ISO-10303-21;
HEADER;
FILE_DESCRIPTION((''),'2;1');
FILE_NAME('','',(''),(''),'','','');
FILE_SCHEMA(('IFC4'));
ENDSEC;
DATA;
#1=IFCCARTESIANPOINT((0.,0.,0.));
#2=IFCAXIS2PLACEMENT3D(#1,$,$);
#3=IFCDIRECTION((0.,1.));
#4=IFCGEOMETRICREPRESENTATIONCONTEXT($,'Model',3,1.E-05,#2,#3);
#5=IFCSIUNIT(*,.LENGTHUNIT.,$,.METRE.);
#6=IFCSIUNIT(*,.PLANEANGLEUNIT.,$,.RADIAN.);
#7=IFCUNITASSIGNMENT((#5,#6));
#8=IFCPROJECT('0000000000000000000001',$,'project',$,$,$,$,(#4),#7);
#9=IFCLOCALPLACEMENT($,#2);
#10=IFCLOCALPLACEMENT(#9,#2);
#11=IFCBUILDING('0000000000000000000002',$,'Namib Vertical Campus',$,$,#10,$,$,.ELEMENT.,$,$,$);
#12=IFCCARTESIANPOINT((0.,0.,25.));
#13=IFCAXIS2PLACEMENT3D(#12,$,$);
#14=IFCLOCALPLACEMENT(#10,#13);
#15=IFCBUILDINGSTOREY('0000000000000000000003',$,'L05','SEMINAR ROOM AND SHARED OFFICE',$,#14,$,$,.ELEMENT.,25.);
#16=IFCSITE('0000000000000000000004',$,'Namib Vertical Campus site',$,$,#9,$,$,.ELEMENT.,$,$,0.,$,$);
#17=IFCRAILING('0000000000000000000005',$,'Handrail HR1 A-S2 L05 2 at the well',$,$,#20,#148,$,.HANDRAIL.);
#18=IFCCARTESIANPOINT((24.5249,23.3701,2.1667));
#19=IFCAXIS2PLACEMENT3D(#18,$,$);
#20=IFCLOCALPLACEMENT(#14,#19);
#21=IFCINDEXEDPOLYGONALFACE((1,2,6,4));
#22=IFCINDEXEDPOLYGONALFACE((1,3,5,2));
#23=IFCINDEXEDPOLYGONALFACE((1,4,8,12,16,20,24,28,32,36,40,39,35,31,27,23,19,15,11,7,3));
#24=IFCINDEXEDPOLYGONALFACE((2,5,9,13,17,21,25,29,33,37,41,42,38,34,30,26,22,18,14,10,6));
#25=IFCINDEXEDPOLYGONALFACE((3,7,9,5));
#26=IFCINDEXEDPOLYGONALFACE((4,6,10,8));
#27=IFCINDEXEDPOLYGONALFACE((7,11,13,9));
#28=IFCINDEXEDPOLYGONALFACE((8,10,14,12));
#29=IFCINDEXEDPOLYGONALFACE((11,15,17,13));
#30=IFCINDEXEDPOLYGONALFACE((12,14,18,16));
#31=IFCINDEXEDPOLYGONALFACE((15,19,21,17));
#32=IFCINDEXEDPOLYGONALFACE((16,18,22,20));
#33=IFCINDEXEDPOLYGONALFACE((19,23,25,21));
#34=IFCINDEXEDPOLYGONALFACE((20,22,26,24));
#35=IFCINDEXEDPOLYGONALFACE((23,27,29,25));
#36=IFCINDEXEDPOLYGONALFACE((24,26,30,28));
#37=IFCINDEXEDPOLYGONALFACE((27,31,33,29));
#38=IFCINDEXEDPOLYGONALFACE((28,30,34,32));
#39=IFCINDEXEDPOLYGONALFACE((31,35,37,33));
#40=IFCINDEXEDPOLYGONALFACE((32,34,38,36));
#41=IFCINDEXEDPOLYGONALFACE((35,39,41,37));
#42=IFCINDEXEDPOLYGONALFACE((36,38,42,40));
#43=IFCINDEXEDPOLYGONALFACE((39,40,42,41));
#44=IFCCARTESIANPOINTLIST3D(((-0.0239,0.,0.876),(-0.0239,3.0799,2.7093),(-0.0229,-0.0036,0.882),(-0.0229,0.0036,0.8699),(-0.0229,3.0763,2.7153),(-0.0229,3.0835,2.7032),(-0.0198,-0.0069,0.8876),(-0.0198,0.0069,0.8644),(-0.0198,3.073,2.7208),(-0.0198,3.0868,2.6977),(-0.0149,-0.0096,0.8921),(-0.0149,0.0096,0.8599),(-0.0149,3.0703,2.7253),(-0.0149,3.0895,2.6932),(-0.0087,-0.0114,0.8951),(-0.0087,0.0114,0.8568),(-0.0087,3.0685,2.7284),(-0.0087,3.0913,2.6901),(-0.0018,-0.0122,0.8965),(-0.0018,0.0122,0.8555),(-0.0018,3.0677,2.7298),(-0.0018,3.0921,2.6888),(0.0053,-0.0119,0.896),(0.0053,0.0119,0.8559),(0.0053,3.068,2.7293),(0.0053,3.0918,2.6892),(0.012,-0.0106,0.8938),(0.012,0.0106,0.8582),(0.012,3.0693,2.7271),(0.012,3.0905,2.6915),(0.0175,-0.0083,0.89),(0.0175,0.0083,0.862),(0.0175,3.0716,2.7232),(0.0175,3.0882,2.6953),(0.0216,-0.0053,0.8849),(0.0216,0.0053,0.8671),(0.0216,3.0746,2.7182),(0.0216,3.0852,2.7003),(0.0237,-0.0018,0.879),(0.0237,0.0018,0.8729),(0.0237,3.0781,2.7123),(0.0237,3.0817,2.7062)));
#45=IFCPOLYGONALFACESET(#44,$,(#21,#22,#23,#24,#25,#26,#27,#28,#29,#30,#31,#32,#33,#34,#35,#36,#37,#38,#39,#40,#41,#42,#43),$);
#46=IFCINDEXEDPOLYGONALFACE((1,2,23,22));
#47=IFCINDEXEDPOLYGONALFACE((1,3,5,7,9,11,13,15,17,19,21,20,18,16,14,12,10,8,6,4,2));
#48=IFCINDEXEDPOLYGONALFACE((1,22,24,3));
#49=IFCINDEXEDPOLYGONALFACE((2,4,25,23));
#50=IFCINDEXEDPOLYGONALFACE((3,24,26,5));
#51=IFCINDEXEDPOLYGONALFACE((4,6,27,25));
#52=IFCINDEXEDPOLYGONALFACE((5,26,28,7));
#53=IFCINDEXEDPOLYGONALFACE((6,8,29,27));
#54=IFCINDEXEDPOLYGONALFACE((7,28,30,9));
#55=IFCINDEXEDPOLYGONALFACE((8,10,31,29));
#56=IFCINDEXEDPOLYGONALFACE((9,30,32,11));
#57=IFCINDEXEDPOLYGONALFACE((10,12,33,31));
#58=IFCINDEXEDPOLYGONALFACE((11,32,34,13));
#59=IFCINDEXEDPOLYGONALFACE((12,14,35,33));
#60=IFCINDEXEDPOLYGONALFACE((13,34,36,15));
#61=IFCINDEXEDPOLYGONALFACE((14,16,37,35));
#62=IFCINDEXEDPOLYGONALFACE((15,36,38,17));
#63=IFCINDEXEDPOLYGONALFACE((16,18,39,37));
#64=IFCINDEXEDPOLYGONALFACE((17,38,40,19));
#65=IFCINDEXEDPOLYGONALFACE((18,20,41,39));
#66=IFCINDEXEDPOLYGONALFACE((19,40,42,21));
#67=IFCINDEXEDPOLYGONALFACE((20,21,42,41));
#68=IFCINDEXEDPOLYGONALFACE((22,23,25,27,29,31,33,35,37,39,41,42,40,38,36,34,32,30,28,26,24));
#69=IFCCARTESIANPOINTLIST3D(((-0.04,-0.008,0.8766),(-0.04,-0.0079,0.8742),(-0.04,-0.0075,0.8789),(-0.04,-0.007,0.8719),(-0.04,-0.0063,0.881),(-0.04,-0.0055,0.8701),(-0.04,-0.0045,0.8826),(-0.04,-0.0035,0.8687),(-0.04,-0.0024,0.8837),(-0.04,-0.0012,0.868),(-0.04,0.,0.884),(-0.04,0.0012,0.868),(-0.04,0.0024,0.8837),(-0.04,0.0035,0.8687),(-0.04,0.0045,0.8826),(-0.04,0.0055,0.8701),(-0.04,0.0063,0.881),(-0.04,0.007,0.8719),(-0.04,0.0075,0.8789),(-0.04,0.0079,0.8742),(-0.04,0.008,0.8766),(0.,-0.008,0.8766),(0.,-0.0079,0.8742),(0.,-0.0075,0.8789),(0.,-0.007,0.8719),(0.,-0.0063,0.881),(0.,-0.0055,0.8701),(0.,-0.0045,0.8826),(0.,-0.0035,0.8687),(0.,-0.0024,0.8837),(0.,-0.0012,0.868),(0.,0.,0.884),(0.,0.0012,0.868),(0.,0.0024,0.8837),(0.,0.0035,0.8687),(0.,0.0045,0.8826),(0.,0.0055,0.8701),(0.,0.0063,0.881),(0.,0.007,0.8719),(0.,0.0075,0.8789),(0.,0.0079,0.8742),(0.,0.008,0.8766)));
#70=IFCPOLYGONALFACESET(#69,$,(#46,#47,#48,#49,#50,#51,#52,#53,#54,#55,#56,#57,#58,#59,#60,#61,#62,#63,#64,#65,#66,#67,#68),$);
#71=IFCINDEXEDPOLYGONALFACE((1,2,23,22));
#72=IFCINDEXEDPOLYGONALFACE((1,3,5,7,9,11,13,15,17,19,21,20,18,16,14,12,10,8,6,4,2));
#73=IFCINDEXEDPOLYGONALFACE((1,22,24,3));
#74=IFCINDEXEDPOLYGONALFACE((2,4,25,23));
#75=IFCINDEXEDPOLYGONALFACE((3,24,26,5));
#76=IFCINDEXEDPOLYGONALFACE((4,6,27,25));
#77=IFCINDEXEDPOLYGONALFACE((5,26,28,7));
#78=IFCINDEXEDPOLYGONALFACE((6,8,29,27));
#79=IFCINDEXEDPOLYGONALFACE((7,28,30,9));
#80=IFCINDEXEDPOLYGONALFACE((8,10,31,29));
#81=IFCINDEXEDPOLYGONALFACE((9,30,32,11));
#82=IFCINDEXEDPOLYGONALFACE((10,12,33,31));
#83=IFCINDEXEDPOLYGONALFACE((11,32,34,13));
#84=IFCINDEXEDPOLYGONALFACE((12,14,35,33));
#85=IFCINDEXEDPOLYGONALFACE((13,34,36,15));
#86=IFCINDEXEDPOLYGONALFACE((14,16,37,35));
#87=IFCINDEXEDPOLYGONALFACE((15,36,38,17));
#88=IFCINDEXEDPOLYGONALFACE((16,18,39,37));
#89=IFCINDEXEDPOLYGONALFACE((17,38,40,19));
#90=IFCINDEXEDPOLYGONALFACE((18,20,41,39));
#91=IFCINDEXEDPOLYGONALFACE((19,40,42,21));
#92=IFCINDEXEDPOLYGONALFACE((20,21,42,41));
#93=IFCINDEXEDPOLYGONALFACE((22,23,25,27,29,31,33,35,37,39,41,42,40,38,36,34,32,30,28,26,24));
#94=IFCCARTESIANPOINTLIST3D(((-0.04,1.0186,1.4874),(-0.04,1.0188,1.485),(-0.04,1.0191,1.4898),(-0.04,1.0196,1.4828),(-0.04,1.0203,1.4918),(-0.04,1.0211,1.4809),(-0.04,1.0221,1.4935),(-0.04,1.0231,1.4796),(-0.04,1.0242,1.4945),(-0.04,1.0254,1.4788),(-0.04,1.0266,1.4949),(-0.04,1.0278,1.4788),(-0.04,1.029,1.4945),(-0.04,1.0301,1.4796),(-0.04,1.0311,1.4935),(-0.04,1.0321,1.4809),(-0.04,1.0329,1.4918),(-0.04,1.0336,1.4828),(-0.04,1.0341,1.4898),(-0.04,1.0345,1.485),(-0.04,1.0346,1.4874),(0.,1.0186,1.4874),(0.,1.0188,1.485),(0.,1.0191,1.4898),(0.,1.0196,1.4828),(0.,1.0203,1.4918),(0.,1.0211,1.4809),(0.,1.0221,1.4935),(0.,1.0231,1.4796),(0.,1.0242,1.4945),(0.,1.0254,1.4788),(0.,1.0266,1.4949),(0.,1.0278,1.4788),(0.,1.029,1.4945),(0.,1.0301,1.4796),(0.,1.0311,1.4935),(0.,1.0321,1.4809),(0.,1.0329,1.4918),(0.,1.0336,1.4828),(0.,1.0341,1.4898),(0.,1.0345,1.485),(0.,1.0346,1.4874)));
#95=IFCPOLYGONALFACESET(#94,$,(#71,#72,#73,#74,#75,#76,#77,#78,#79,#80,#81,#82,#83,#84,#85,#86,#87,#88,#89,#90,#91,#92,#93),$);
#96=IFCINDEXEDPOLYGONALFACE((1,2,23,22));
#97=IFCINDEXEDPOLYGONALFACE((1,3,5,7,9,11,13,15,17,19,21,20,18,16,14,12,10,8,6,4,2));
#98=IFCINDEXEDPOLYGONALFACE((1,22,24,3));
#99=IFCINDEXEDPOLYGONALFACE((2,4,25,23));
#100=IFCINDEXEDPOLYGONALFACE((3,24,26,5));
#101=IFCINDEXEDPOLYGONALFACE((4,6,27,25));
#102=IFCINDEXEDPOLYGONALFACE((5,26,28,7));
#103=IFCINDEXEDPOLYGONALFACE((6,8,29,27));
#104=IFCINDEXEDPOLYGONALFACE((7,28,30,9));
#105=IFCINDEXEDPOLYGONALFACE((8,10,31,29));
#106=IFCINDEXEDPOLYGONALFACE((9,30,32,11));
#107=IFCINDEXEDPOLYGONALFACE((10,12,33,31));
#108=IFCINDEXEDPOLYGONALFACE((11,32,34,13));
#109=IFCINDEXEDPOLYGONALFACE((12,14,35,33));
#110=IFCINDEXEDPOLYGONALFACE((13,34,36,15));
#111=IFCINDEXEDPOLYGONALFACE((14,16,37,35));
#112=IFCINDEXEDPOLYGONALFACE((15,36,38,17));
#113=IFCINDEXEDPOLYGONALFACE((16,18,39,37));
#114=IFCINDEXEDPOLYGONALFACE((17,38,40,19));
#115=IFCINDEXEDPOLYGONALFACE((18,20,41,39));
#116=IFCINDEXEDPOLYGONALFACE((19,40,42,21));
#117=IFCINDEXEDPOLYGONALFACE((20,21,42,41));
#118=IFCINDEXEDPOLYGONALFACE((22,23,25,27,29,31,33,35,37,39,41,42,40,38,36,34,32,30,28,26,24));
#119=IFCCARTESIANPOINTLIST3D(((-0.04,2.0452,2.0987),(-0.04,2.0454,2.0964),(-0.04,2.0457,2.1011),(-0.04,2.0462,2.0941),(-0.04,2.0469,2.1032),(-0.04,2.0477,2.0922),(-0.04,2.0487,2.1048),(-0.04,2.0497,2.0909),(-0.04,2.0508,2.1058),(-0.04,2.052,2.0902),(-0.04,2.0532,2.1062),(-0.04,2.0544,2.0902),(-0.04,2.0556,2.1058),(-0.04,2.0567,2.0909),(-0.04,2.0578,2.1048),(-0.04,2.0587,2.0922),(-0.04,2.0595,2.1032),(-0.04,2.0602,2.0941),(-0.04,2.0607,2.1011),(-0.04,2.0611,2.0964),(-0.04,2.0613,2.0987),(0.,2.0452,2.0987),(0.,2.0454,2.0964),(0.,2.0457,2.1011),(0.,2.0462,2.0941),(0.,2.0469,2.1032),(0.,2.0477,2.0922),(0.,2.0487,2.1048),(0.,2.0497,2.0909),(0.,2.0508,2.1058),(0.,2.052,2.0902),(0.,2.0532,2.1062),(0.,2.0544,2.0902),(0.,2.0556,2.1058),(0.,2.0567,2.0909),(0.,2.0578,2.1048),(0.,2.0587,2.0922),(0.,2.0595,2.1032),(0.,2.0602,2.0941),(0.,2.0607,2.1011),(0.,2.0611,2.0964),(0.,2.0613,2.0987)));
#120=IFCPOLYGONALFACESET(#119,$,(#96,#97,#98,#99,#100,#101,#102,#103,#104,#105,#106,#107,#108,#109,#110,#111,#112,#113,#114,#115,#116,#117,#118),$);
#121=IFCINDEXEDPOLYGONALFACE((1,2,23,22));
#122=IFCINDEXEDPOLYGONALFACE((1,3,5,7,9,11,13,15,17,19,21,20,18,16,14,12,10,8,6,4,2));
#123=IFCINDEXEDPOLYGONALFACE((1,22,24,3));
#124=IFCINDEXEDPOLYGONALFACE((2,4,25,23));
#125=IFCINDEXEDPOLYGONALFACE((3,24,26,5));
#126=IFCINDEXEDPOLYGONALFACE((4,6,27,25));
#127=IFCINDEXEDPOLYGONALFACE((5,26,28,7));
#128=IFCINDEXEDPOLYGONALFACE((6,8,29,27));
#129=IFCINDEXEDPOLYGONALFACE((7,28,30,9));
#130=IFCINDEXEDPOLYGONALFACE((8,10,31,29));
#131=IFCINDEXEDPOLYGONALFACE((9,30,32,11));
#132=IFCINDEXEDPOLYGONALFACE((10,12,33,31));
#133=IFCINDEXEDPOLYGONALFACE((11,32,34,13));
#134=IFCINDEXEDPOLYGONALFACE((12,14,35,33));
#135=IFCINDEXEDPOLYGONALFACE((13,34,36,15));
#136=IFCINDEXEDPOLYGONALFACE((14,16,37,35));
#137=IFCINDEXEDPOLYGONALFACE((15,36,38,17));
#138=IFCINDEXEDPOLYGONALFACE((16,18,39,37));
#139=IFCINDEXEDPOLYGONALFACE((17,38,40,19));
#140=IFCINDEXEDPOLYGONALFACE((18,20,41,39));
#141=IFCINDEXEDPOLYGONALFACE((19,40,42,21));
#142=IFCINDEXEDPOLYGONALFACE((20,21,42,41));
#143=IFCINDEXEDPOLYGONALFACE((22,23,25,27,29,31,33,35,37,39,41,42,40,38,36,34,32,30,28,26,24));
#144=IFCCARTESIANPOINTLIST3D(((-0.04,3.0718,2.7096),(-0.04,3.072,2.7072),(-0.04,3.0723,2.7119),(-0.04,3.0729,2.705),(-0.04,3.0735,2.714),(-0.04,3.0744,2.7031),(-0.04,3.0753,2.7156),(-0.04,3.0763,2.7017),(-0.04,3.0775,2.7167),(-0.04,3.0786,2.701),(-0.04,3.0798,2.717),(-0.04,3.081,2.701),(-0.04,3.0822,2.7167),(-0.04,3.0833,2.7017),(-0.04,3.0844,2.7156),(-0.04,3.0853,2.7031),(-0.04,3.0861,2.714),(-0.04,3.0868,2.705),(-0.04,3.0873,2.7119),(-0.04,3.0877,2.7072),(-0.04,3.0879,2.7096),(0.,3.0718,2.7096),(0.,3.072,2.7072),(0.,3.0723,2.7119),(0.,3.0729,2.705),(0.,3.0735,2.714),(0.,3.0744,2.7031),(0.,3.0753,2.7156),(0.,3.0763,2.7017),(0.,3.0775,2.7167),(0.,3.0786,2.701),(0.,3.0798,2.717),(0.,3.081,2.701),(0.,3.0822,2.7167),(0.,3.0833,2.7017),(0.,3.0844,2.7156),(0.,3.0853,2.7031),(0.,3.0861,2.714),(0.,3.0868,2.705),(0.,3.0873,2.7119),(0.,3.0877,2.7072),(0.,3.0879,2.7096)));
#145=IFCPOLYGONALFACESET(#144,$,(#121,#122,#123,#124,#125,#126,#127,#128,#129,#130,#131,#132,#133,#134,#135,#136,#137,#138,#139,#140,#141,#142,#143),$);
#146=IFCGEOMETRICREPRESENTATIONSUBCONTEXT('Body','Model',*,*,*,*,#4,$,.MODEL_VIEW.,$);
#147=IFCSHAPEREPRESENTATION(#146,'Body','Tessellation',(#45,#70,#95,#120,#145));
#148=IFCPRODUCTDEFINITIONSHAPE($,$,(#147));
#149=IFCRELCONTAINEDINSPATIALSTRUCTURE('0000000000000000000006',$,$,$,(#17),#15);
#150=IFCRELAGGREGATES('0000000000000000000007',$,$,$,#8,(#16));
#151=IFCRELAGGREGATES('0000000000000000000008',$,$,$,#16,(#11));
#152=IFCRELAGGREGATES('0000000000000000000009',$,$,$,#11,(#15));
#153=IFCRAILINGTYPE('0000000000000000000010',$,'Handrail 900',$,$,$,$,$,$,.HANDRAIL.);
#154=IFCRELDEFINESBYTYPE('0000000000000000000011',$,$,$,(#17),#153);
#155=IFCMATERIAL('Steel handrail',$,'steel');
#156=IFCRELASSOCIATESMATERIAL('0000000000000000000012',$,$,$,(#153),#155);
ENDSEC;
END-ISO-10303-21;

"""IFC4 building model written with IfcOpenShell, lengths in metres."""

from ifc_helpers import new_model, si_unit, direction, frame, origin, origin_2d, place, context, subcontext, project, spatial, circle, extrude, material, type_object, element, save


model = new_model("IFC4")

# Units and contexts
model_context = context("Model", 3, precision=1e-05, world=origin(), true_north=direction((0.0, 1.0)))
body_context = subcontext(model_context, "Body", "Model", "MODEL_VIEW")
ifc_project = project(units=[si_unit("LENGTHUNIT", "METRE"), si_unit("PLANEANGLEUNIT", "RADIAN")], contexts=[model_context])

# Site, building, storey
site_placement = place(None, origin())
site = spatial("IfcSite", under=ifc_project, at=site_placement, Name="Namib Vertical Campus site", CompositionType="ELEMENT", RefElevation=0.0)
building_placement = place(site_placement, origin())
building = spatial("IfcBuilding", under=site, at=building_placement, Name="Namib Vertical Campus", CompositionType="ELEMENT")
storey_placement = place(building_placement, frame((0.0, 0.0, 25.0)))
storey = spatial("IfcBuildingStorey", under=building, at=storey_placement, Name="L05", Description="SEMINAR ROOM AND SHARED OFFICE", CompositionType="ELEMENT", Elevation=25.0)

# Railing
ifc_material_1 = material(Name="Steel handrail", Category="steel")
railing_type_1 = type_object("IfcRailingType", Name="Handrail 900", PredefinedType="HANDRAIL", material=ifc_material_1)
railing_1_placement = place(storey_placement, frame((24.5249, 23.3701, 2.1667)))
element("IfcRailing", 1, at=railing_1_placement, inside=storey, type_object=railing_type_1, Name="Handrail HR1 A-S2 L05 2 at the well", PredefinedType="HANDRAIL", context=body_context, shape_type="SweptSolid", body=[
    extrude(circle(Radius=0.0239, at=origin_2d()), frame((0.0, 0.0, 0.876), z_axis=(0.0, 0.859291, 0.511487), x_axis=(-1.0, 0.0, 0.0)), (0.0, 0.0, 1.0), 3.5842),
    extrude(circle(Radius=0.0081, at=origin_2d()), frame((0.0, 0.0, 0.876), z_axis=(-1.0, 0.0, 0.0), x_axis=(0.0, 0.0, 1.0)), (0.0, 0.0, 1.0), 0.04),
    extrude(circle(Radius=0.0081, at=origin_2d()), frame((0.0, 1.0266, 1.4868), z_axis=(-1.0, 0.0, 0.0), x_axis=(0.0, 0.0, 1.0)), (0.0, 0.0, 1.0), 0.04),
    extrude(circle(Radius=0.0081, at=origin_2d()), frame((0.0, 2.0532, 2.0981), z_axis=(-1.0, 0.0, 0.0), x_axis=(0.0, 0.0, 1.0)), (0.0, 0.0, 1.0), 0.04),
    extrude(circle(Radius=0.0081, at=origin_2d()), frame((0.0, 3.0798, 2.709), z_axis=(-1.0, 0.0, 0.0), x_axis=(0.0, 0.0, 1.0)), (0.0, 0.0, 1.0), 0.04),
])

save(model, "model.ifc")
